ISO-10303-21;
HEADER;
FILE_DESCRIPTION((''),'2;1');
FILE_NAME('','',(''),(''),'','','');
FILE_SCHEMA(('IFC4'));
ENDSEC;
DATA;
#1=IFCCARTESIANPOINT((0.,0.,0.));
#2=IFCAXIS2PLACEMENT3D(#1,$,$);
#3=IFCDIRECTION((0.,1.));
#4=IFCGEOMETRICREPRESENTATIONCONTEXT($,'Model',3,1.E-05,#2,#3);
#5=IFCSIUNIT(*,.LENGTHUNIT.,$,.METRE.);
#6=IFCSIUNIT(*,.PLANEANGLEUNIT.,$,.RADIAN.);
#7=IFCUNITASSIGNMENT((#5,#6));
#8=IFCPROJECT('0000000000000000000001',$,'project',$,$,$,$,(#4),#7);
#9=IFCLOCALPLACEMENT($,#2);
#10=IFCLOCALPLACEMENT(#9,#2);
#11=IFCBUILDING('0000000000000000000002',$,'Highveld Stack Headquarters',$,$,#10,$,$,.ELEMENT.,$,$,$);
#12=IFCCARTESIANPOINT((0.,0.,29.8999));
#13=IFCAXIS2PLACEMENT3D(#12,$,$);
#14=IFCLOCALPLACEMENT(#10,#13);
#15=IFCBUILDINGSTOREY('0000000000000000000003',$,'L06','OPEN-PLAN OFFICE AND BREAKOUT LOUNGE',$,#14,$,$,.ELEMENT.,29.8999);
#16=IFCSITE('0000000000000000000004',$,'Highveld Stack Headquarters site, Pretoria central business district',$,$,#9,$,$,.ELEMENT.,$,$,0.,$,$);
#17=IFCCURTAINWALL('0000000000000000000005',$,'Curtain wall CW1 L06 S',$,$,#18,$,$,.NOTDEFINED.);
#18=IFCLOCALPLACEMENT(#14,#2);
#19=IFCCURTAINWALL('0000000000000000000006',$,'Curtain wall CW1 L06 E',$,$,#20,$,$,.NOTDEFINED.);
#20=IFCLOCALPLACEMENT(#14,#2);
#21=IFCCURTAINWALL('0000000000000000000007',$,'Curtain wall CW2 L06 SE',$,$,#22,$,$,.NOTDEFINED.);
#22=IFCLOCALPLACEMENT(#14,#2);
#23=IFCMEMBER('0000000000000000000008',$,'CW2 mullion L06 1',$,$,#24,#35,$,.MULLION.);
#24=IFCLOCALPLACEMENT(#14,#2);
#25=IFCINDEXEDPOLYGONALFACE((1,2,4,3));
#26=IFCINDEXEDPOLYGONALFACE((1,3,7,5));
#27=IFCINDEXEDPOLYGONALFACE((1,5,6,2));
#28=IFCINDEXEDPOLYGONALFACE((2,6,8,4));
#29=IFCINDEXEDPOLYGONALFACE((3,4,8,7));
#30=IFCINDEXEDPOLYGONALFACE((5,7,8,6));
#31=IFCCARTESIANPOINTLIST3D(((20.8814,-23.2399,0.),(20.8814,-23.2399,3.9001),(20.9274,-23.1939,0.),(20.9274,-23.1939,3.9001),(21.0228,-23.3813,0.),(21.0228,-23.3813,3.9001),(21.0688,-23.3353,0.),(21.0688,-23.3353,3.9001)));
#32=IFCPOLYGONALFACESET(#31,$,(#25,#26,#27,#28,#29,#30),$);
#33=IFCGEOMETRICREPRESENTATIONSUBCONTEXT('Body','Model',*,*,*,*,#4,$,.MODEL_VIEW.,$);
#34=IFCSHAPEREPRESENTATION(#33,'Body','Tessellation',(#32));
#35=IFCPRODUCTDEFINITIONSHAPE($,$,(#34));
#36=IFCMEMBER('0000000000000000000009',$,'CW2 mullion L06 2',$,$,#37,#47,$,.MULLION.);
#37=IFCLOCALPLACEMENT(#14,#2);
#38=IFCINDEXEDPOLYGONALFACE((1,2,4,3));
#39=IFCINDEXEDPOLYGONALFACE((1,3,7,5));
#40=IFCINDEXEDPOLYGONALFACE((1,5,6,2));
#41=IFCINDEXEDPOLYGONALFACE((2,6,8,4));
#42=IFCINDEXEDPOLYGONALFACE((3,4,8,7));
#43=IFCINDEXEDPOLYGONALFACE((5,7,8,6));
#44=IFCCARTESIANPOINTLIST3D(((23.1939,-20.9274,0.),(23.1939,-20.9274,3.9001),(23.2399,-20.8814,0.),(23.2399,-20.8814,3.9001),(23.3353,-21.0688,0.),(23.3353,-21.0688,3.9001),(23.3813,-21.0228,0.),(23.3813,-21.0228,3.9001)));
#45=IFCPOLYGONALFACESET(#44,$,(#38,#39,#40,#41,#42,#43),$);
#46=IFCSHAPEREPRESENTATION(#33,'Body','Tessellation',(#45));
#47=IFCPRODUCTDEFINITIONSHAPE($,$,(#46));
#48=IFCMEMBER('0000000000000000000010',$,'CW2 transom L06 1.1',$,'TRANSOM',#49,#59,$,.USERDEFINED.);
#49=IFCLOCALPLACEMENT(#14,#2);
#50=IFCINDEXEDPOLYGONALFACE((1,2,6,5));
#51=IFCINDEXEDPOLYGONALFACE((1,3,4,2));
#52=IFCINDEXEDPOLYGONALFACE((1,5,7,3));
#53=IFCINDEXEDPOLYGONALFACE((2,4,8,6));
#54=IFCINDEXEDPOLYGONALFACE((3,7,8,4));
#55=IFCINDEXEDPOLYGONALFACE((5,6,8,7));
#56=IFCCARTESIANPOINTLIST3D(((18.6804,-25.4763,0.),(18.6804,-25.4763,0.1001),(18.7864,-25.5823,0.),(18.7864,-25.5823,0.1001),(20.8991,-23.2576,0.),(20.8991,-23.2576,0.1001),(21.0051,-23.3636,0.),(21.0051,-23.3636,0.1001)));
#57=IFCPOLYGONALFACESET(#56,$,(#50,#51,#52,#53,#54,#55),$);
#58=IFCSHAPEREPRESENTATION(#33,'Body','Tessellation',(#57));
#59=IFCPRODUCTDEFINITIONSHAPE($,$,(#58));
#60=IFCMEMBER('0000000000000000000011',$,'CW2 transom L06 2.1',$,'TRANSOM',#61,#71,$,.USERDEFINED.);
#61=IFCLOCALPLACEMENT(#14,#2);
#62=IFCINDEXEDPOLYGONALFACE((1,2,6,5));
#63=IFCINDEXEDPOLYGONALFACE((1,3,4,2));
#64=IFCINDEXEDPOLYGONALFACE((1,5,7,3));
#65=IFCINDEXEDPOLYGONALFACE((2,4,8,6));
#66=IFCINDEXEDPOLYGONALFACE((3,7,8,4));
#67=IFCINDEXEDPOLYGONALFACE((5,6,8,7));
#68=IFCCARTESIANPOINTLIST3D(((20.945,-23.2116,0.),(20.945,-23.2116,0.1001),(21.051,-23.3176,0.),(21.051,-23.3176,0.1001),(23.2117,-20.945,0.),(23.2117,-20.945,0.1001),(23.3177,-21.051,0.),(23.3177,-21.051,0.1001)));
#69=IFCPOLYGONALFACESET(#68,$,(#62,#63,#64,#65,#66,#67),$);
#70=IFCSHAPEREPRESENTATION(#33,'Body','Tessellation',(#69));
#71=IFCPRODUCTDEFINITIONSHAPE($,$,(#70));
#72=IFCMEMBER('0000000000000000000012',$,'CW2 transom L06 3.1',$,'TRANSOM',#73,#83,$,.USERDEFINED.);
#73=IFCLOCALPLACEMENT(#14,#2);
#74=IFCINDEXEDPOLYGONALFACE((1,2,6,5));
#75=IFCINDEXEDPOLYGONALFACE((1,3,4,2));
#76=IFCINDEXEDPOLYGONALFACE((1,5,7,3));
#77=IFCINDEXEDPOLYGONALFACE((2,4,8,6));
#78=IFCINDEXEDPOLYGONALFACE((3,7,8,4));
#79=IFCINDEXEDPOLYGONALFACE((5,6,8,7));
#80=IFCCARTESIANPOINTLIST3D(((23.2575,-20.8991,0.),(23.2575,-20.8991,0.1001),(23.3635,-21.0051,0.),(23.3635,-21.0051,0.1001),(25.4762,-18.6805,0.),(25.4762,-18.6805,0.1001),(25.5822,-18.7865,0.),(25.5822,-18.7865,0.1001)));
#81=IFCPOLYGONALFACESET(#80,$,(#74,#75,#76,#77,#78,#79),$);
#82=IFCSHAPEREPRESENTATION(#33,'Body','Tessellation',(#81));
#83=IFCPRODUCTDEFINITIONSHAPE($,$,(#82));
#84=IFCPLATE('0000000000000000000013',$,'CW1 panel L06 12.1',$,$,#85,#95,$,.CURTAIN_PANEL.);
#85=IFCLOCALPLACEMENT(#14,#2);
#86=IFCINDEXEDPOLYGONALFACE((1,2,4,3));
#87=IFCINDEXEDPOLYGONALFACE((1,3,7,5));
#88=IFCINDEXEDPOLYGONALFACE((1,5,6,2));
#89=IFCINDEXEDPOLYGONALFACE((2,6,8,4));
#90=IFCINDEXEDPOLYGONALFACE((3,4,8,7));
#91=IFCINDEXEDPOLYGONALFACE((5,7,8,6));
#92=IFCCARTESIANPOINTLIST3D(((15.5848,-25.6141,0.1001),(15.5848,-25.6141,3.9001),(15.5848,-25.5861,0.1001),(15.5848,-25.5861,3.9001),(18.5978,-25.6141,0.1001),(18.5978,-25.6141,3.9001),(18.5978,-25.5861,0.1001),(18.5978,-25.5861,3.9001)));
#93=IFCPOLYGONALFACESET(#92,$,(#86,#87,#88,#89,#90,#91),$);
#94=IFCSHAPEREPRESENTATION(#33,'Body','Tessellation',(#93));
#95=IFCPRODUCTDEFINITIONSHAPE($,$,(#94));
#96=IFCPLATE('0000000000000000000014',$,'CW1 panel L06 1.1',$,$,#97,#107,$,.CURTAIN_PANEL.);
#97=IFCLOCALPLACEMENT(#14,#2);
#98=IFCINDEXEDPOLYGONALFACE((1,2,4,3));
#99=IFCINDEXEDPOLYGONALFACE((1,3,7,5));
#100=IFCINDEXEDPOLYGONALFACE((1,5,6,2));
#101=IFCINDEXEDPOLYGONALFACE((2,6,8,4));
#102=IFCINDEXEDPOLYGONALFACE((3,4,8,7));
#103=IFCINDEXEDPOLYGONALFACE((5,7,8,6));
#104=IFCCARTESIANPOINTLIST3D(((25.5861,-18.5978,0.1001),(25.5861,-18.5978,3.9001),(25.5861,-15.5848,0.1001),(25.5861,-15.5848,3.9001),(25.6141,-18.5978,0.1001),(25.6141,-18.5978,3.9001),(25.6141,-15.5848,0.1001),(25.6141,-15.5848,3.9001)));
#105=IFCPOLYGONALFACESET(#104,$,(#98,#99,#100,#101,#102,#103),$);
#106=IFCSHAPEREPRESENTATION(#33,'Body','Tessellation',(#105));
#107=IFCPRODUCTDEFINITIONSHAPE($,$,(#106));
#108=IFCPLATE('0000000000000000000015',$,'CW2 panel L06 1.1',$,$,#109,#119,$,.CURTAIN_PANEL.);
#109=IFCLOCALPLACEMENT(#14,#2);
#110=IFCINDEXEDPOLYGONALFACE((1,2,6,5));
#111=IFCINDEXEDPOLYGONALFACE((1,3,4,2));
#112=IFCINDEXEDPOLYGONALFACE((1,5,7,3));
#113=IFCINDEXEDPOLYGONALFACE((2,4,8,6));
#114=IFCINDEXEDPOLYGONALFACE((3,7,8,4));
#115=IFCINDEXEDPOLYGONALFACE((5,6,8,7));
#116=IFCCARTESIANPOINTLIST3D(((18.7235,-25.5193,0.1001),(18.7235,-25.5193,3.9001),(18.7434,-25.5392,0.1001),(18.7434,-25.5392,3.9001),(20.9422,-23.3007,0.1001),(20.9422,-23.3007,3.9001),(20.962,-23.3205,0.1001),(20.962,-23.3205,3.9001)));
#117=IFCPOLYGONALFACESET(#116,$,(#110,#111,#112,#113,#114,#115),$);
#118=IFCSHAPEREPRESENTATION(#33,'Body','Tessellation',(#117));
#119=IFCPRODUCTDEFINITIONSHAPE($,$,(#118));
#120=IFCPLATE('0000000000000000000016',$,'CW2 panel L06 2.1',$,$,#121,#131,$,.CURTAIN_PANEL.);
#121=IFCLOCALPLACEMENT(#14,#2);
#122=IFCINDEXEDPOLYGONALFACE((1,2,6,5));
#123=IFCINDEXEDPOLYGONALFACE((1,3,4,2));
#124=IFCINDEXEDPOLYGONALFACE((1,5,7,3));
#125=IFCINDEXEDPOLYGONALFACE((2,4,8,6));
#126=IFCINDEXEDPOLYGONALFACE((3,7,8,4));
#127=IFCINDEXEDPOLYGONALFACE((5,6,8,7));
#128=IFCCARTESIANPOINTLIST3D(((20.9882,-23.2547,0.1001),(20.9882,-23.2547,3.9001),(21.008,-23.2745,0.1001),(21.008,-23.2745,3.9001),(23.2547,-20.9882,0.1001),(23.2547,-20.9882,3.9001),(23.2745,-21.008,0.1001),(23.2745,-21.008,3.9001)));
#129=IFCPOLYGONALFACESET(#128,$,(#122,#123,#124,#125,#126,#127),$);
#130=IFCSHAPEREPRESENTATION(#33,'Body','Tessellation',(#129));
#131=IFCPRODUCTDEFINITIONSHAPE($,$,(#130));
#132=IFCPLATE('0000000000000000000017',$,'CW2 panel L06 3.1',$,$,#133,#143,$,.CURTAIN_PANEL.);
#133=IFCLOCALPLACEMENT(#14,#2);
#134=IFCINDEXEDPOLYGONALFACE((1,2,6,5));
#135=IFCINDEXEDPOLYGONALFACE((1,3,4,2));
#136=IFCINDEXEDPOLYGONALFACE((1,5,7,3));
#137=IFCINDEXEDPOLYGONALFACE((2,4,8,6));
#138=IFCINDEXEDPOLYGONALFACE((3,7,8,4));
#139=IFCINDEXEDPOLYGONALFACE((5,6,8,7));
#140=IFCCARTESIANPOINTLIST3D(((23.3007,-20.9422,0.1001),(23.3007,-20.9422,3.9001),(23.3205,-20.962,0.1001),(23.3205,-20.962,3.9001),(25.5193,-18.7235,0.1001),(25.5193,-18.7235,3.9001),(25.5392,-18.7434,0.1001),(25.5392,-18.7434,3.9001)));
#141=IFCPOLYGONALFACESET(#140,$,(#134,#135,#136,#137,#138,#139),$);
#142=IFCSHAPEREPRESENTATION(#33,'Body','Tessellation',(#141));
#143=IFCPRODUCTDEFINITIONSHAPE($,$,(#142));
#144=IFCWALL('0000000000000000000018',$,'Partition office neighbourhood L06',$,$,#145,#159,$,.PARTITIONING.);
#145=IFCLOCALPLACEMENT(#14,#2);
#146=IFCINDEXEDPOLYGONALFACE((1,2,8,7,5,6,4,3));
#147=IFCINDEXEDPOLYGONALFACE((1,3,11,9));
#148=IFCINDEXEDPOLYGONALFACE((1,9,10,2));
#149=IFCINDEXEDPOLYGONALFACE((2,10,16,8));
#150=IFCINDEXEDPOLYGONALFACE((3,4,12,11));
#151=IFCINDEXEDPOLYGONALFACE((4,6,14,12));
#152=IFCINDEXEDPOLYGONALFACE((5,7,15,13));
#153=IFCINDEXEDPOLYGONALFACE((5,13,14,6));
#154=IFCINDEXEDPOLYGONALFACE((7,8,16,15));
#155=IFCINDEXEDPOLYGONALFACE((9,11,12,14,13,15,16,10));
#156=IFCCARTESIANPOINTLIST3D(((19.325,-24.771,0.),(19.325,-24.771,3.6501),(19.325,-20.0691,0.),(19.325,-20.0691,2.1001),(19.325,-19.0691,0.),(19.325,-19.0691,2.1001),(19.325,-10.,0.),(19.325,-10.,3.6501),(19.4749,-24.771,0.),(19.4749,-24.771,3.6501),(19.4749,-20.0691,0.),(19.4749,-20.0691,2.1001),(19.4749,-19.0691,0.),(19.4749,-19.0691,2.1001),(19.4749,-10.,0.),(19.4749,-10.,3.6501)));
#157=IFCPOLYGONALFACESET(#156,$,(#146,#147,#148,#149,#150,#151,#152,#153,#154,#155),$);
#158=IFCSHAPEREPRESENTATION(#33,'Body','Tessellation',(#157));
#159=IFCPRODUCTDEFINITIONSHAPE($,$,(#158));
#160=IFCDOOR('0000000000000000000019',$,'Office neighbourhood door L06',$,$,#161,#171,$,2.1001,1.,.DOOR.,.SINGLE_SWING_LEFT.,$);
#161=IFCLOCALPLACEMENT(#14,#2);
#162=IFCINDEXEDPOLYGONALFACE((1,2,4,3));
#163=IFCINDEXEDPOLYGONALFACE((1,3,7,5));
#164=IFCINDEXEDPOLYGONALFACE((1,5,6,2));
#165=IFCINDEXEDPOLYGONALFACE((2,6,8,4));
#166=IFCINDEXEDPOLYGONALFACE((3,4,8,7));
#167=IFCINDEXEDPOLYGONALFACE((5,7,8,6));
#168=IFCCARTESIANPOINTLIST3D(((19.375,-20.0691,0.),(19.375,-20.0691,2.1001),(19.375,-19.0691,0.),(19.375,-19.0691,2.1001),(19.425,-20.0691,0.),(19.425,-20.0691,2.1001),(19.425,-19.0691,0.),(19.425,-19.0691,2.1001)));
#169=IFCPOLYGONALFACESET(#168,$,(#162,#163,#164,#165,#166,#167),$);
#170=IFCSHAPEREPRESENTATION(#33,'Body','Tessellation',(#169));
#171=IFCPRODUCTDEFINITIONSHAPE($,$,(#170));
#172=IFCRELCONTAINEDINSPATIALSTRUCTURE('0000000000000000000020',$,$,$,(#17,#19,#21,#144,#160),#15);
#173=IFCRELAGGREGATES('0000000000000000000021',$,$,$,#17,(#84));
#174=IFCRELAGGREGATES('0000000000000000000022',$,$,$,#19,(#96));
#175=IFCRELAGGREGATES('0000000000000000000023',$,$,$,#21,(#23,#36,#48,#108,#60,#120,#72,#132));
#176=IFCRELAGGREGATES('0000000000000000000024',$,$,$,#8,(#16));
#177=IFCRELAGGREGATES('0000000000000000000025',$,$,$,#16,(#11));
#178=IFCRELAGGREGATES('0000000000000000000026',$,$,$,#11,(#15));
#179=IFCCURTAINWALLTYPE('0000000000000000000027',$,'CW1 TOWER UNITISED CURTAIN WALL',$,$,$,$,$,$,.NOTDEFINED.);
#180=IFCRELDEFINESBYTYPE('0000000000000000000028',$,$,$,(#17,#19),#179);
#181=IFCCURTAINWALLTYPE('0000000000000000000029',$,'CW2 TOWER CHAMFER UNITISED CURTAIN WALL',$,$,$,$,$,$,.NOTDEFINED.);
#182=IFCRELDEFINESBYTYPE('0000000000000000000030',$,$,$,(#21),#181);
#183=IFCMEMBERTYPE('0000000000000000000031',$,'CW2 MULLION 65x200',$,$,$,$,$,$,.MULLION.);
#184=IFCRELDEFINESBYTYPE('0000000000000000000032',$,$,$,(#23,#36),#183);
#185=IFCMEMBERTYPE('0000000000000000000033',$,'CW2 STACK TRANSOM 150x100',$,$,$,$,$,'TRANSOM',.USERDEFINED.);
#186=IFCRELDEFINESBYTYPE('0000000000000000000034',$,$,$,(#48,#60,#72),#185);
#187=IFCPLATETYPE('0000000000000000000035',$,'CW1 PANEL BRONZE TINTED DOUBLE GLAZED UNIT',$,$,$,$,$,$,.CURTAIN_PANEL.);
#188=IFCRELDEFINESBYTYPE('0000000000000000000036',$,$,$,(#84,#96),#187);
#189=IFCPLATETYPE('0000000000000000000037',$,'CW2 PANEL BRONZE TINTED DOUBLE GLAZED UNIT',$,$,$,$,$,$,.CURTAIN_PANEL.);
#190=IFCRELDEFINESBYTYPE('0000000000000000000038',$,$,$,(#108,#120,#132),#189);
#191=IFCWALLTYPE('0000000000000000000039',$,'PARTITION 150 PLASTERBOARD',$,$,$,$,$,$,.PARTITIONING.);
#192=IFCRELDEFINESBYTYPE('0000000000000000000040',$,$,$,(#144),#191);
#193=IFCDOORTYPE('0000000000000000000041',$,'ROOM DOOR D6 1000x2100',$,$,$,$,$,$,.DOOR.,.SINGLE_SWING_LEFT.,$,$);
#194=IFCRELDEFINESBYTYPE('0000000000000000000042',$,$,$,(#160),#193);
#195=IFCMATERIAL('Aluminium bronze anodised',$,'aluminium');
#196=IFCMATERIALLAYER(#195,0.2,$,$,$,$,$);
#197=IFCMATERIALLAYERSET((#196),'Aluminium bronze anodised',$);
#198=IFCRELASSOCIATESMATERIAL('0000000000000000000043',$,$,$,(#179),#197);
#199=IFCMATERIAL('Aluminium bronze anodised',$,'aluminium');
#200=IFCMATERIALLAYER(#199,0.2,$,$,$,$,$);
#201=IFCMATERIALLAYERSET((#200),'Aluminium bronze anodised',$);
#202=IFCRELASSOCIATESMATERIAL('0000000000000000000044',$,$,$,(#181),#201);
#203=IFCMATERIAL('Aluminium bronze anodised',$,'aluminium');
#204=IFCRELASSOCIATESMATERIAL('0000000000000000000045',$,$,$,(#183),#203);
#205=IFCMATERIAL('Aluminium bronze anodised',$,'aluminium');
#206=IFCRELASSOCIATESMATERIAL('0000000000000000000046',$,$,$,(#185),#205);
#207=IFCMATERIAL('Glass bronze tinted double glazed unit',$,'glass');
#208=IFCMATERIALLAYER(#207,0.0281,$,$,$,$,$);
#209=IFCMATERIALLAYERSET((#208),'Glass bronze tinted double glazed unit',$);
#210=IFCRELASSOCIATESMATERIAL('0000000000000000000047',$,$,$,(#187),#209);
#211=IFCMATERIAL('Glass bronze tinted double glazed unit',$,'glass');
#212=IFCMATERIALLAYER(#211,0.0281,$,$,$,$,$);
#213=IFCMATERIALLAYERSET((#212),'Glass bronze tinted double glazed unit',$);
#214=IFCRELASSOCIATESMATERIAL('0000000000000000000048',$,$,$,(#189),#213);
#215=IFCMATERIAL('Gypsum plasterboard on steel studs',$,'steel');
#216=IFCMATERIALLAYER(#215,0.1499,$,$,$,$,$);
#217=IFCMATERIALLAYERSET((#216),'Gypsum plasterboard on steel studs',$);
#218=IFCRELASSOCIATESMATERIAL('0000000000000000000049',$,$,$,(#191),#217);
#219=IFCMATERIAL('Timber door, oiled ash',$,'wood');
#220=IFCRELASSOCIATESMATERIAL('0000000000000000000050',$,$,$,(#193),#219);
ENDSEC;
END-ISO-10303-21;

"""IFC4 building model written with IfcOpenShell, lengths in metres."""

from ifc_helpers import new_model, si_unit, direction, frame, frame_2d, origin, origin_2d, place, context, subcontext, project, spatial, rectangle, extrude, material, layer, layer_set, material_profile, profile_set, type_object, element, fill, aggregate, save


model = new_model("IFC4")

# Units and contexts
model_context = context("Model", 3, precision=1e-05, world=origin(), true_north=direction((0.0, 1.0)))
body_context = subcontext(model_context, "Body", "Model", "MODEL_VIEW")
ifc_project = project(units=[si_unit("LENGTHUNIT", "METRE"), si_unit("PLANEANGLEUNIT", "RADIAN")], contexts=[model_context])

# Site, building, storey
site_placement = place(None, origin())
site = spatial("IfcSite", under=ifc_project, at=site_placement, Name="Highveld Stack Headquarters site, Pretoria central business district", CompositionType="ELEMENT", RefElevation=0.0)
building_placement = place(site_placement, origin())
building = spatial("IfcBuilding", under=site, at=building_placement, Name="Highveld Stack Headquarters", CompositionType="ELEMENT")
storey_placement = place(building_placement, frame((0.0, 0.0, 29.8999)))
storey = spatial("IfcBuildingStorey", under=building, at=storey_placement, Name="L06", Description="OPEN-PLAN OFFICE AND BREAKOUT LOUNGE", CompositionType="ELEMENT", Elevation=29.8999)

# Curtain wall
ifc_material_1 = material(Name="Aluminium bronze anodised", Category="aluminium")
ifc_layer_1 = layer(ifc_material_1, 0.2)
ifc_layer_set_1 = layer_set([ifc_layer_1], Name="Aluminium bronze anodised")
curtain_wall_type_1 = type_object("IfcCurtainWallType", Name="CW1 TOWER UNITISED CURTAIN WALL", PredefinedType="NOTDEFINED", material=ifc_layer_set_1)
curtain_wall_1_placement = place(storey_placement, origin())
curtain_wall_1 = element("IfcCurtainWall", 1, at=curtain_wall_1_placement, inside=storey, type_object=curtain_wall_type_1, Name="Curtain wall CW1 L06 S", PredefinedType="NOTDEFINED")

# Curtain wall
curtain_wall_2_placement = place(storey_placement, origin())
curtain_wall_2 = element("IfcCurtainWall", 2, at=curtain_wall_2_placement, inside=storey, type_object=curtain_wall_type_1, Name="Curtain wall CW1 L06 E", PredefinedType="NOTDEFINED")

# Curtain wall, members
ifc_material_2 = material(Name="Aluminium bronze anodised", Category="aluminium")
ifc_layer_2 = layer(ifc_material_2, 0.2)
ifc_layer_set_2 = layer_set([ifc_layer_2], Name="Aluminium bronze anodised")
curtain_wall_type_2 = type_object("IfcCurtainWallType", Name="CW2 TOWER CHAMFER UNITISED CURTAIN WALL", PredefinedType="NOTDEFINED", material=ifc_layer_set_2)
curtain_wall_3_placement = place(storey_placement, origin())
curtain_wall_3 = element("IfcCurtainWall", 3, at=curtain_wall_3_placement, inside=storey, type_object=curtain_wall_type_2, Name="Curtain wall CW2 L06 SE", PredefinedType="NOTDEFINED")
ifc_material_3 = material(Name="Aluminium bronze anodised", Category="aluminium")
ifc_material_profile_1 = material_profile(ifc_material_3, rectangle(XDim=0.2, YDim=0.0649, at=origin_2d()), Name="CW2 MULLION 65x200")
ifc_profile_set_1 = profile_set([ifc_material_profile_1], Name="Aluminium bronze anodised")
member_type_1 = type_object("IfcMemberType", Name="CW2 MULLION 65x200", PredefinedType="MULLION", material=ifc_profile_set_1)
member_1_placement = place(storey_placement, frame((20.9751, -23.2876, 0.0), z_axis=(0.0, 0.0, 1.0), x_axis=(-0.707107, 0.707107, 0.0)))
member_1 = element("IfcMember", 4, at=member_1_placement, type_object=member_type_1, Name="CW2 mullion L06 1", PredefinedType="MULLION", context=body_context, shape_type="SweptSolid", body=[
    extrude(rectangle(XDim=0.2, YDim=0.0649, at=origin_2d()), origin(), (0.0, 0.0, 1.0), 3.9001),
])
member_2_placement = place(storey_placement, frame((23.2876, -20.9751, 0.0), z_axis=(0.0, 0.0, 1.0), x_axis=(-0.707107, 0.707107, 0.0)))
member_2 = element("IfcMember", 5, at=member_2_placement, type_object=member_type_1, Name="CW2 mullion L06 2", PredefinedType="MULLION", context=body_context, shape_type="SweptSolid", body=[
    extrude(rectangle(XDim=0.2, YDim=0.0649, at=origin_2d()), origin(), (0.0, 0.0, 1.0), 3.9001),
])
ifc_material_4 = material(Name="Aluminium bronze anodised", Category="aluminium")
ifc_material_profile_2 = material_profile(ifc_material_4, rectangle(XDim=0.1499, YDim=0.1001, at=origin_2d()), Name="CW2 TRANSOM 150x100")
ifc_profile_set_2 = profile_set([ifc_material_profile_2], Name="Aluminium bronze anodised")
member_type_2 = type_object("IfcMemberType", Name="CW2 STACK TRANSOM 150x100", ElementType="TRANSOM", PredefinedType="USERDEFINED", material=ifc_profile_set_2)
member_3_placement = place(storey_placement, frame((18.7334, -25.5293, 0.05), z_axis=(0.707107, 0.707107, 0.0), x_axis=(-0.707107, 0.707107, 0.0)))
member_3 = element("IfcMember", 6, at=member_3_placement, type_object=member_type_2, Name="CW2 transom L06 1.1", ObjectType="TRANSOM", PredefinedType="USERDEFINED", context=body_context, shape_type="SweptSolid", body=[
    extrude(rectangle(XDim=0.1499, YDim=0.1001, at=origin_2d()), origin(), (0.0, 0.0, 1.0), 3.1377),
])
member_4_placement = place(storey_placement, frame((20.998, -23.2646, 0.05), z_axis=(0.707107, 0.707107, 0.0), x_axis=(-0.707107, 0.707107, 0.0)))
member_4 = element("IfcMember", 7, at=member_4_placement, type_object=member_type_2, Name="CW2 transom L06 2.1", ObjectType="TRANSOM", PredefinedType="USERDEFINED", context=body_context, shape_type="SweptSolid", body=[
    extrude(rectangle(XDim=0.1499, YDim=0.1001, at=origin_2d()), origin(), (0.0, 0.0, 1.0), 3.2056),
])
member_5_placement = place(storey_placement, frame((23.3105, -20.9521, 0.05), z_axis=(0.707107, 0.707107, 0.0), x_axis=(-0.707107, 0.707107, 0.0)))
member_5 = element("IfcMember", 8, at=member_5_placement, type_object=member_type_2, Name="CW2 transom L06 3.1", ObjectType="TRANSOM", PredefinedType="USERDEFINED", context=body_context, shape_type="SweptSolid", body=[
    extrude(rectangle(XDim=0.1499, YDim=0.1001, at=origin_2d()), origin(), (0.0, 0.0, 1.0), 3.1377),
])

# Plates
ifc_material_5 = material(Name="Glass bronze tinted double glazed unit", Category="glass")
ifc_layer_3 = layer(ifc_material_5, 0.0281)
ifc_layer_set_3 = layer_set([ifc_layer_3], Name="Glass bronze tinted double glazed unit")
plate_type_1 = type_object("IfcPlateType", Name="CW1 PANEL BRONZE TINTED DOUBLE GLAZED UNIT", PredefinedType="CURTAIN_PANEL", material=ifc_layer_set_3)
plate_1_placement = place(storey_placement, frame((17.0913, -25.6001, 0.1001), z_axis=(0.0, 0.0, 1.0), x_axis=(1.0, 0.0, 0.0)))
plate_1 = element("IfcPlate", 9, at=plate_1_placement, type_object=plate_type_1, Name="CW1 panel L06 12.1", PredefinedType="CURTAIN_PANEL", context=body_context, shape_type="SweptSolid", body=[
    extrude(rectangle(XDim=3.0129, YDim=0.0281, at=origin_2d()), origin(), (0.0, 0.0, 1.0), 3.8),
])
aggregate(curtain_wall_1, [plate_1])
plate_2_placement = place(storey_placement, frame((25.6001, -17.0913, 0.1001), z_axis=(0.0, 0.0, 1.0), x_axis=(0.0, 1.0, 0.0)))
plate_2 = element("IfcPlate", 10, at=plate_2_placement, type_object=plate_type_1, Name="CW1 panel L06 1.1", PredefinedType="CURTAIN_PANEL", context=body_context, shape_type="SweptSolid", body=[
    extrude(rectangle(XDim=3.0129, YDim=0.0281, at=origin_2d()), origin(), (0.0, 0.0, 1.0), 3.8),
])
aggregate(curtain_wall_2, [plate_2])
ifc_material_6 = material(Name="Glass bronze tinted double glazed unit", Category="glass")
ifc_layer_4 = layer(ifc_material_6, 0.0281)
ifc_layer_set_4 = layer_set([ifc_layer_4], Name="Glass bronze tinted double glazed unit")
plate_type_2 = type_object("IfcPlateType", Name="CW2 PANEL BRONZE TINTED DOUBLE GLAZED UNIT", PredefinedType="CURTAIN_PANEL", material=ifc_layer_set_4)
plate_3_placement = place(storey_placement, frame((19.8428, -24.4199, 0.1001), z_axis=(0.0, 0.0, 1.0), x_axis=(0.707107, 0.707107, 0.0)))
plate_3 = element("IfcPlate", 11, at=plate_3_placement, type_object=plate_type_2, Name="CW2 panel L06 1.1", PredefinedType="CURTAIN_PANEL", context=body_context, shape_type="SweptSolid", body=[
    extrude(rectangle(XDim=3.1377, YDim=0.0281, at=origin_2d()), origin(), (0.0, 0.0, 1.0), 3.8),
])
plate_4_placement = place(storey_placement, frame((22.1313, -22.1313, 0.1001), z_axis=(0.0, 0.0, 1.0), x_axis=(0.707107, 0.707107, 0.0)))
plate_4 = element("IfcPlate", 12, at=plate_4_placement, type_object=plate_type_2, Name="CW2 panel L06 2.1", PredefinedType="CURTAIN_PANEL", context=body_context, shape_type="SweptSolid", body=[
    extrude(rectangle(XDim=3.2053, YDim=0.0281, at=origin_2d()), origin(), (0.0, 0.0, 1.0), 3.8),
])
plate_5_placement = place(storey_placement, frame((24.4199, -19.8428, 0.1001), z_axis=(0.0, 0.0, 1.0), x_axis=(0.707107, 0.707107, 0.0)))
plate_5 = element("IfcPlate", 13, at=plate_5_placement, type_object=plate_type_2, Name="CW2 panel L06 3.1", PredefinedType="CURTAIN_PANEL", context=body_context, shape_type="SweptSolid", body=[
    extrude(rectangle(XDim=3.1377, YDim=0.0281, at=origin_2d()), origin(), (0.0, 0.0, 1.0), 3.8),
])
aggregate(curtain_wall_3, [member_1, member_2, member_3, plate_3, member_4, plate_4, member_5, plate_5])

# Wall, opening, door
ifc_material_7 = material(Name="Gypsum plasterboard on steel studs", Category="steel")
ifc_layer_5 = layer(ifc_material_7, 0.1499)
ifc_layer_set_5 = layer_set([ifc_layer_5], Name="Gypsum plasterboard on steel studs")
wall_type = type_object("IfcWallType", Name="PARTITION 150 PLASTERBOARD", PredefinedType="PARTITIONING", material=ifc_layer_set_5)
wall_1_placement = place(storey_placement, frame((19.3999, -24.771, 0.0), z_axis=(0.0, 0.0, 1.0), x_axis=(0.0, 1.0, 0.0)))
wall_1 = element("IfcWall", 14, at=wall_1_placement, inside=storey, type_object=wall_type, Name="Partition office neighbourhood L06", PredefinedType="PARTITIONING", context=body_context, shape_type="SweptSolid", body=[
    extrude(rectangle(XDim=14.771, YDim=0.1499, at=frame_2d((7.3855, 0.0))), origin(), (0.0, 0.0, 1.0), 3.6501),
])
opening_1_placement = place(wall_1_placement, frame((4.7019, 0.0, 0.0)))
opening_1 = element("IfcOpeningElement", 15, at=opening_1_placement, cuts=wall_1, PredefinedType="OPENING", context=body_context, shape_type="SweptSolid", body=[
    extrude(rectangle(XDim=1.0, YDim=2.1001, at=frame_2d((0.5, 1.05))), frame((0.0, 0.085, 0.0), z_axis=(0.0, -1.0, 0.0), x_axis=(1.0, 0.0, 0.0)), (0.0, 0.0, 1.0), 0.1699),
])
ifc_material_8 = material(Name="Timber door, oiled ash", Category="wood")
door_type = type_object("IfcDoorType", Name="ROOM DOOR D6 1000x2100", OperationType="SINGLE_SWING_LEFT", PredefinedType="DOOR", material=ifc_material_8)
door_1_placement = place(opening_1_placement, origin())
door_1 = element("IfcDoor", 16, at=door_1_placement, inside=storey, type_object=door_type, Name="Office neighbourhood door L06", OperationType="SINGLE_SWING_LEFT", OverallHeight=2.1001, OverallWidth=1.0, PredefinedType="DOOR", context=body_context, shape_type="SweptSolid", body=[
    extrude(rectangle(XDim=1.0, YDim=2.1001, at=frame_2d((0.5, 1.05))), frame((0.0, 0.0249, 0.0), z_axis=(0.0, -1.0, 0.0), x_axis=(1.0, 0.0, 0.0)), (0.0, 0.0, 1.0), 0.05),
])
fill(opening_1, door_1)

save(model, "model.ifc")
